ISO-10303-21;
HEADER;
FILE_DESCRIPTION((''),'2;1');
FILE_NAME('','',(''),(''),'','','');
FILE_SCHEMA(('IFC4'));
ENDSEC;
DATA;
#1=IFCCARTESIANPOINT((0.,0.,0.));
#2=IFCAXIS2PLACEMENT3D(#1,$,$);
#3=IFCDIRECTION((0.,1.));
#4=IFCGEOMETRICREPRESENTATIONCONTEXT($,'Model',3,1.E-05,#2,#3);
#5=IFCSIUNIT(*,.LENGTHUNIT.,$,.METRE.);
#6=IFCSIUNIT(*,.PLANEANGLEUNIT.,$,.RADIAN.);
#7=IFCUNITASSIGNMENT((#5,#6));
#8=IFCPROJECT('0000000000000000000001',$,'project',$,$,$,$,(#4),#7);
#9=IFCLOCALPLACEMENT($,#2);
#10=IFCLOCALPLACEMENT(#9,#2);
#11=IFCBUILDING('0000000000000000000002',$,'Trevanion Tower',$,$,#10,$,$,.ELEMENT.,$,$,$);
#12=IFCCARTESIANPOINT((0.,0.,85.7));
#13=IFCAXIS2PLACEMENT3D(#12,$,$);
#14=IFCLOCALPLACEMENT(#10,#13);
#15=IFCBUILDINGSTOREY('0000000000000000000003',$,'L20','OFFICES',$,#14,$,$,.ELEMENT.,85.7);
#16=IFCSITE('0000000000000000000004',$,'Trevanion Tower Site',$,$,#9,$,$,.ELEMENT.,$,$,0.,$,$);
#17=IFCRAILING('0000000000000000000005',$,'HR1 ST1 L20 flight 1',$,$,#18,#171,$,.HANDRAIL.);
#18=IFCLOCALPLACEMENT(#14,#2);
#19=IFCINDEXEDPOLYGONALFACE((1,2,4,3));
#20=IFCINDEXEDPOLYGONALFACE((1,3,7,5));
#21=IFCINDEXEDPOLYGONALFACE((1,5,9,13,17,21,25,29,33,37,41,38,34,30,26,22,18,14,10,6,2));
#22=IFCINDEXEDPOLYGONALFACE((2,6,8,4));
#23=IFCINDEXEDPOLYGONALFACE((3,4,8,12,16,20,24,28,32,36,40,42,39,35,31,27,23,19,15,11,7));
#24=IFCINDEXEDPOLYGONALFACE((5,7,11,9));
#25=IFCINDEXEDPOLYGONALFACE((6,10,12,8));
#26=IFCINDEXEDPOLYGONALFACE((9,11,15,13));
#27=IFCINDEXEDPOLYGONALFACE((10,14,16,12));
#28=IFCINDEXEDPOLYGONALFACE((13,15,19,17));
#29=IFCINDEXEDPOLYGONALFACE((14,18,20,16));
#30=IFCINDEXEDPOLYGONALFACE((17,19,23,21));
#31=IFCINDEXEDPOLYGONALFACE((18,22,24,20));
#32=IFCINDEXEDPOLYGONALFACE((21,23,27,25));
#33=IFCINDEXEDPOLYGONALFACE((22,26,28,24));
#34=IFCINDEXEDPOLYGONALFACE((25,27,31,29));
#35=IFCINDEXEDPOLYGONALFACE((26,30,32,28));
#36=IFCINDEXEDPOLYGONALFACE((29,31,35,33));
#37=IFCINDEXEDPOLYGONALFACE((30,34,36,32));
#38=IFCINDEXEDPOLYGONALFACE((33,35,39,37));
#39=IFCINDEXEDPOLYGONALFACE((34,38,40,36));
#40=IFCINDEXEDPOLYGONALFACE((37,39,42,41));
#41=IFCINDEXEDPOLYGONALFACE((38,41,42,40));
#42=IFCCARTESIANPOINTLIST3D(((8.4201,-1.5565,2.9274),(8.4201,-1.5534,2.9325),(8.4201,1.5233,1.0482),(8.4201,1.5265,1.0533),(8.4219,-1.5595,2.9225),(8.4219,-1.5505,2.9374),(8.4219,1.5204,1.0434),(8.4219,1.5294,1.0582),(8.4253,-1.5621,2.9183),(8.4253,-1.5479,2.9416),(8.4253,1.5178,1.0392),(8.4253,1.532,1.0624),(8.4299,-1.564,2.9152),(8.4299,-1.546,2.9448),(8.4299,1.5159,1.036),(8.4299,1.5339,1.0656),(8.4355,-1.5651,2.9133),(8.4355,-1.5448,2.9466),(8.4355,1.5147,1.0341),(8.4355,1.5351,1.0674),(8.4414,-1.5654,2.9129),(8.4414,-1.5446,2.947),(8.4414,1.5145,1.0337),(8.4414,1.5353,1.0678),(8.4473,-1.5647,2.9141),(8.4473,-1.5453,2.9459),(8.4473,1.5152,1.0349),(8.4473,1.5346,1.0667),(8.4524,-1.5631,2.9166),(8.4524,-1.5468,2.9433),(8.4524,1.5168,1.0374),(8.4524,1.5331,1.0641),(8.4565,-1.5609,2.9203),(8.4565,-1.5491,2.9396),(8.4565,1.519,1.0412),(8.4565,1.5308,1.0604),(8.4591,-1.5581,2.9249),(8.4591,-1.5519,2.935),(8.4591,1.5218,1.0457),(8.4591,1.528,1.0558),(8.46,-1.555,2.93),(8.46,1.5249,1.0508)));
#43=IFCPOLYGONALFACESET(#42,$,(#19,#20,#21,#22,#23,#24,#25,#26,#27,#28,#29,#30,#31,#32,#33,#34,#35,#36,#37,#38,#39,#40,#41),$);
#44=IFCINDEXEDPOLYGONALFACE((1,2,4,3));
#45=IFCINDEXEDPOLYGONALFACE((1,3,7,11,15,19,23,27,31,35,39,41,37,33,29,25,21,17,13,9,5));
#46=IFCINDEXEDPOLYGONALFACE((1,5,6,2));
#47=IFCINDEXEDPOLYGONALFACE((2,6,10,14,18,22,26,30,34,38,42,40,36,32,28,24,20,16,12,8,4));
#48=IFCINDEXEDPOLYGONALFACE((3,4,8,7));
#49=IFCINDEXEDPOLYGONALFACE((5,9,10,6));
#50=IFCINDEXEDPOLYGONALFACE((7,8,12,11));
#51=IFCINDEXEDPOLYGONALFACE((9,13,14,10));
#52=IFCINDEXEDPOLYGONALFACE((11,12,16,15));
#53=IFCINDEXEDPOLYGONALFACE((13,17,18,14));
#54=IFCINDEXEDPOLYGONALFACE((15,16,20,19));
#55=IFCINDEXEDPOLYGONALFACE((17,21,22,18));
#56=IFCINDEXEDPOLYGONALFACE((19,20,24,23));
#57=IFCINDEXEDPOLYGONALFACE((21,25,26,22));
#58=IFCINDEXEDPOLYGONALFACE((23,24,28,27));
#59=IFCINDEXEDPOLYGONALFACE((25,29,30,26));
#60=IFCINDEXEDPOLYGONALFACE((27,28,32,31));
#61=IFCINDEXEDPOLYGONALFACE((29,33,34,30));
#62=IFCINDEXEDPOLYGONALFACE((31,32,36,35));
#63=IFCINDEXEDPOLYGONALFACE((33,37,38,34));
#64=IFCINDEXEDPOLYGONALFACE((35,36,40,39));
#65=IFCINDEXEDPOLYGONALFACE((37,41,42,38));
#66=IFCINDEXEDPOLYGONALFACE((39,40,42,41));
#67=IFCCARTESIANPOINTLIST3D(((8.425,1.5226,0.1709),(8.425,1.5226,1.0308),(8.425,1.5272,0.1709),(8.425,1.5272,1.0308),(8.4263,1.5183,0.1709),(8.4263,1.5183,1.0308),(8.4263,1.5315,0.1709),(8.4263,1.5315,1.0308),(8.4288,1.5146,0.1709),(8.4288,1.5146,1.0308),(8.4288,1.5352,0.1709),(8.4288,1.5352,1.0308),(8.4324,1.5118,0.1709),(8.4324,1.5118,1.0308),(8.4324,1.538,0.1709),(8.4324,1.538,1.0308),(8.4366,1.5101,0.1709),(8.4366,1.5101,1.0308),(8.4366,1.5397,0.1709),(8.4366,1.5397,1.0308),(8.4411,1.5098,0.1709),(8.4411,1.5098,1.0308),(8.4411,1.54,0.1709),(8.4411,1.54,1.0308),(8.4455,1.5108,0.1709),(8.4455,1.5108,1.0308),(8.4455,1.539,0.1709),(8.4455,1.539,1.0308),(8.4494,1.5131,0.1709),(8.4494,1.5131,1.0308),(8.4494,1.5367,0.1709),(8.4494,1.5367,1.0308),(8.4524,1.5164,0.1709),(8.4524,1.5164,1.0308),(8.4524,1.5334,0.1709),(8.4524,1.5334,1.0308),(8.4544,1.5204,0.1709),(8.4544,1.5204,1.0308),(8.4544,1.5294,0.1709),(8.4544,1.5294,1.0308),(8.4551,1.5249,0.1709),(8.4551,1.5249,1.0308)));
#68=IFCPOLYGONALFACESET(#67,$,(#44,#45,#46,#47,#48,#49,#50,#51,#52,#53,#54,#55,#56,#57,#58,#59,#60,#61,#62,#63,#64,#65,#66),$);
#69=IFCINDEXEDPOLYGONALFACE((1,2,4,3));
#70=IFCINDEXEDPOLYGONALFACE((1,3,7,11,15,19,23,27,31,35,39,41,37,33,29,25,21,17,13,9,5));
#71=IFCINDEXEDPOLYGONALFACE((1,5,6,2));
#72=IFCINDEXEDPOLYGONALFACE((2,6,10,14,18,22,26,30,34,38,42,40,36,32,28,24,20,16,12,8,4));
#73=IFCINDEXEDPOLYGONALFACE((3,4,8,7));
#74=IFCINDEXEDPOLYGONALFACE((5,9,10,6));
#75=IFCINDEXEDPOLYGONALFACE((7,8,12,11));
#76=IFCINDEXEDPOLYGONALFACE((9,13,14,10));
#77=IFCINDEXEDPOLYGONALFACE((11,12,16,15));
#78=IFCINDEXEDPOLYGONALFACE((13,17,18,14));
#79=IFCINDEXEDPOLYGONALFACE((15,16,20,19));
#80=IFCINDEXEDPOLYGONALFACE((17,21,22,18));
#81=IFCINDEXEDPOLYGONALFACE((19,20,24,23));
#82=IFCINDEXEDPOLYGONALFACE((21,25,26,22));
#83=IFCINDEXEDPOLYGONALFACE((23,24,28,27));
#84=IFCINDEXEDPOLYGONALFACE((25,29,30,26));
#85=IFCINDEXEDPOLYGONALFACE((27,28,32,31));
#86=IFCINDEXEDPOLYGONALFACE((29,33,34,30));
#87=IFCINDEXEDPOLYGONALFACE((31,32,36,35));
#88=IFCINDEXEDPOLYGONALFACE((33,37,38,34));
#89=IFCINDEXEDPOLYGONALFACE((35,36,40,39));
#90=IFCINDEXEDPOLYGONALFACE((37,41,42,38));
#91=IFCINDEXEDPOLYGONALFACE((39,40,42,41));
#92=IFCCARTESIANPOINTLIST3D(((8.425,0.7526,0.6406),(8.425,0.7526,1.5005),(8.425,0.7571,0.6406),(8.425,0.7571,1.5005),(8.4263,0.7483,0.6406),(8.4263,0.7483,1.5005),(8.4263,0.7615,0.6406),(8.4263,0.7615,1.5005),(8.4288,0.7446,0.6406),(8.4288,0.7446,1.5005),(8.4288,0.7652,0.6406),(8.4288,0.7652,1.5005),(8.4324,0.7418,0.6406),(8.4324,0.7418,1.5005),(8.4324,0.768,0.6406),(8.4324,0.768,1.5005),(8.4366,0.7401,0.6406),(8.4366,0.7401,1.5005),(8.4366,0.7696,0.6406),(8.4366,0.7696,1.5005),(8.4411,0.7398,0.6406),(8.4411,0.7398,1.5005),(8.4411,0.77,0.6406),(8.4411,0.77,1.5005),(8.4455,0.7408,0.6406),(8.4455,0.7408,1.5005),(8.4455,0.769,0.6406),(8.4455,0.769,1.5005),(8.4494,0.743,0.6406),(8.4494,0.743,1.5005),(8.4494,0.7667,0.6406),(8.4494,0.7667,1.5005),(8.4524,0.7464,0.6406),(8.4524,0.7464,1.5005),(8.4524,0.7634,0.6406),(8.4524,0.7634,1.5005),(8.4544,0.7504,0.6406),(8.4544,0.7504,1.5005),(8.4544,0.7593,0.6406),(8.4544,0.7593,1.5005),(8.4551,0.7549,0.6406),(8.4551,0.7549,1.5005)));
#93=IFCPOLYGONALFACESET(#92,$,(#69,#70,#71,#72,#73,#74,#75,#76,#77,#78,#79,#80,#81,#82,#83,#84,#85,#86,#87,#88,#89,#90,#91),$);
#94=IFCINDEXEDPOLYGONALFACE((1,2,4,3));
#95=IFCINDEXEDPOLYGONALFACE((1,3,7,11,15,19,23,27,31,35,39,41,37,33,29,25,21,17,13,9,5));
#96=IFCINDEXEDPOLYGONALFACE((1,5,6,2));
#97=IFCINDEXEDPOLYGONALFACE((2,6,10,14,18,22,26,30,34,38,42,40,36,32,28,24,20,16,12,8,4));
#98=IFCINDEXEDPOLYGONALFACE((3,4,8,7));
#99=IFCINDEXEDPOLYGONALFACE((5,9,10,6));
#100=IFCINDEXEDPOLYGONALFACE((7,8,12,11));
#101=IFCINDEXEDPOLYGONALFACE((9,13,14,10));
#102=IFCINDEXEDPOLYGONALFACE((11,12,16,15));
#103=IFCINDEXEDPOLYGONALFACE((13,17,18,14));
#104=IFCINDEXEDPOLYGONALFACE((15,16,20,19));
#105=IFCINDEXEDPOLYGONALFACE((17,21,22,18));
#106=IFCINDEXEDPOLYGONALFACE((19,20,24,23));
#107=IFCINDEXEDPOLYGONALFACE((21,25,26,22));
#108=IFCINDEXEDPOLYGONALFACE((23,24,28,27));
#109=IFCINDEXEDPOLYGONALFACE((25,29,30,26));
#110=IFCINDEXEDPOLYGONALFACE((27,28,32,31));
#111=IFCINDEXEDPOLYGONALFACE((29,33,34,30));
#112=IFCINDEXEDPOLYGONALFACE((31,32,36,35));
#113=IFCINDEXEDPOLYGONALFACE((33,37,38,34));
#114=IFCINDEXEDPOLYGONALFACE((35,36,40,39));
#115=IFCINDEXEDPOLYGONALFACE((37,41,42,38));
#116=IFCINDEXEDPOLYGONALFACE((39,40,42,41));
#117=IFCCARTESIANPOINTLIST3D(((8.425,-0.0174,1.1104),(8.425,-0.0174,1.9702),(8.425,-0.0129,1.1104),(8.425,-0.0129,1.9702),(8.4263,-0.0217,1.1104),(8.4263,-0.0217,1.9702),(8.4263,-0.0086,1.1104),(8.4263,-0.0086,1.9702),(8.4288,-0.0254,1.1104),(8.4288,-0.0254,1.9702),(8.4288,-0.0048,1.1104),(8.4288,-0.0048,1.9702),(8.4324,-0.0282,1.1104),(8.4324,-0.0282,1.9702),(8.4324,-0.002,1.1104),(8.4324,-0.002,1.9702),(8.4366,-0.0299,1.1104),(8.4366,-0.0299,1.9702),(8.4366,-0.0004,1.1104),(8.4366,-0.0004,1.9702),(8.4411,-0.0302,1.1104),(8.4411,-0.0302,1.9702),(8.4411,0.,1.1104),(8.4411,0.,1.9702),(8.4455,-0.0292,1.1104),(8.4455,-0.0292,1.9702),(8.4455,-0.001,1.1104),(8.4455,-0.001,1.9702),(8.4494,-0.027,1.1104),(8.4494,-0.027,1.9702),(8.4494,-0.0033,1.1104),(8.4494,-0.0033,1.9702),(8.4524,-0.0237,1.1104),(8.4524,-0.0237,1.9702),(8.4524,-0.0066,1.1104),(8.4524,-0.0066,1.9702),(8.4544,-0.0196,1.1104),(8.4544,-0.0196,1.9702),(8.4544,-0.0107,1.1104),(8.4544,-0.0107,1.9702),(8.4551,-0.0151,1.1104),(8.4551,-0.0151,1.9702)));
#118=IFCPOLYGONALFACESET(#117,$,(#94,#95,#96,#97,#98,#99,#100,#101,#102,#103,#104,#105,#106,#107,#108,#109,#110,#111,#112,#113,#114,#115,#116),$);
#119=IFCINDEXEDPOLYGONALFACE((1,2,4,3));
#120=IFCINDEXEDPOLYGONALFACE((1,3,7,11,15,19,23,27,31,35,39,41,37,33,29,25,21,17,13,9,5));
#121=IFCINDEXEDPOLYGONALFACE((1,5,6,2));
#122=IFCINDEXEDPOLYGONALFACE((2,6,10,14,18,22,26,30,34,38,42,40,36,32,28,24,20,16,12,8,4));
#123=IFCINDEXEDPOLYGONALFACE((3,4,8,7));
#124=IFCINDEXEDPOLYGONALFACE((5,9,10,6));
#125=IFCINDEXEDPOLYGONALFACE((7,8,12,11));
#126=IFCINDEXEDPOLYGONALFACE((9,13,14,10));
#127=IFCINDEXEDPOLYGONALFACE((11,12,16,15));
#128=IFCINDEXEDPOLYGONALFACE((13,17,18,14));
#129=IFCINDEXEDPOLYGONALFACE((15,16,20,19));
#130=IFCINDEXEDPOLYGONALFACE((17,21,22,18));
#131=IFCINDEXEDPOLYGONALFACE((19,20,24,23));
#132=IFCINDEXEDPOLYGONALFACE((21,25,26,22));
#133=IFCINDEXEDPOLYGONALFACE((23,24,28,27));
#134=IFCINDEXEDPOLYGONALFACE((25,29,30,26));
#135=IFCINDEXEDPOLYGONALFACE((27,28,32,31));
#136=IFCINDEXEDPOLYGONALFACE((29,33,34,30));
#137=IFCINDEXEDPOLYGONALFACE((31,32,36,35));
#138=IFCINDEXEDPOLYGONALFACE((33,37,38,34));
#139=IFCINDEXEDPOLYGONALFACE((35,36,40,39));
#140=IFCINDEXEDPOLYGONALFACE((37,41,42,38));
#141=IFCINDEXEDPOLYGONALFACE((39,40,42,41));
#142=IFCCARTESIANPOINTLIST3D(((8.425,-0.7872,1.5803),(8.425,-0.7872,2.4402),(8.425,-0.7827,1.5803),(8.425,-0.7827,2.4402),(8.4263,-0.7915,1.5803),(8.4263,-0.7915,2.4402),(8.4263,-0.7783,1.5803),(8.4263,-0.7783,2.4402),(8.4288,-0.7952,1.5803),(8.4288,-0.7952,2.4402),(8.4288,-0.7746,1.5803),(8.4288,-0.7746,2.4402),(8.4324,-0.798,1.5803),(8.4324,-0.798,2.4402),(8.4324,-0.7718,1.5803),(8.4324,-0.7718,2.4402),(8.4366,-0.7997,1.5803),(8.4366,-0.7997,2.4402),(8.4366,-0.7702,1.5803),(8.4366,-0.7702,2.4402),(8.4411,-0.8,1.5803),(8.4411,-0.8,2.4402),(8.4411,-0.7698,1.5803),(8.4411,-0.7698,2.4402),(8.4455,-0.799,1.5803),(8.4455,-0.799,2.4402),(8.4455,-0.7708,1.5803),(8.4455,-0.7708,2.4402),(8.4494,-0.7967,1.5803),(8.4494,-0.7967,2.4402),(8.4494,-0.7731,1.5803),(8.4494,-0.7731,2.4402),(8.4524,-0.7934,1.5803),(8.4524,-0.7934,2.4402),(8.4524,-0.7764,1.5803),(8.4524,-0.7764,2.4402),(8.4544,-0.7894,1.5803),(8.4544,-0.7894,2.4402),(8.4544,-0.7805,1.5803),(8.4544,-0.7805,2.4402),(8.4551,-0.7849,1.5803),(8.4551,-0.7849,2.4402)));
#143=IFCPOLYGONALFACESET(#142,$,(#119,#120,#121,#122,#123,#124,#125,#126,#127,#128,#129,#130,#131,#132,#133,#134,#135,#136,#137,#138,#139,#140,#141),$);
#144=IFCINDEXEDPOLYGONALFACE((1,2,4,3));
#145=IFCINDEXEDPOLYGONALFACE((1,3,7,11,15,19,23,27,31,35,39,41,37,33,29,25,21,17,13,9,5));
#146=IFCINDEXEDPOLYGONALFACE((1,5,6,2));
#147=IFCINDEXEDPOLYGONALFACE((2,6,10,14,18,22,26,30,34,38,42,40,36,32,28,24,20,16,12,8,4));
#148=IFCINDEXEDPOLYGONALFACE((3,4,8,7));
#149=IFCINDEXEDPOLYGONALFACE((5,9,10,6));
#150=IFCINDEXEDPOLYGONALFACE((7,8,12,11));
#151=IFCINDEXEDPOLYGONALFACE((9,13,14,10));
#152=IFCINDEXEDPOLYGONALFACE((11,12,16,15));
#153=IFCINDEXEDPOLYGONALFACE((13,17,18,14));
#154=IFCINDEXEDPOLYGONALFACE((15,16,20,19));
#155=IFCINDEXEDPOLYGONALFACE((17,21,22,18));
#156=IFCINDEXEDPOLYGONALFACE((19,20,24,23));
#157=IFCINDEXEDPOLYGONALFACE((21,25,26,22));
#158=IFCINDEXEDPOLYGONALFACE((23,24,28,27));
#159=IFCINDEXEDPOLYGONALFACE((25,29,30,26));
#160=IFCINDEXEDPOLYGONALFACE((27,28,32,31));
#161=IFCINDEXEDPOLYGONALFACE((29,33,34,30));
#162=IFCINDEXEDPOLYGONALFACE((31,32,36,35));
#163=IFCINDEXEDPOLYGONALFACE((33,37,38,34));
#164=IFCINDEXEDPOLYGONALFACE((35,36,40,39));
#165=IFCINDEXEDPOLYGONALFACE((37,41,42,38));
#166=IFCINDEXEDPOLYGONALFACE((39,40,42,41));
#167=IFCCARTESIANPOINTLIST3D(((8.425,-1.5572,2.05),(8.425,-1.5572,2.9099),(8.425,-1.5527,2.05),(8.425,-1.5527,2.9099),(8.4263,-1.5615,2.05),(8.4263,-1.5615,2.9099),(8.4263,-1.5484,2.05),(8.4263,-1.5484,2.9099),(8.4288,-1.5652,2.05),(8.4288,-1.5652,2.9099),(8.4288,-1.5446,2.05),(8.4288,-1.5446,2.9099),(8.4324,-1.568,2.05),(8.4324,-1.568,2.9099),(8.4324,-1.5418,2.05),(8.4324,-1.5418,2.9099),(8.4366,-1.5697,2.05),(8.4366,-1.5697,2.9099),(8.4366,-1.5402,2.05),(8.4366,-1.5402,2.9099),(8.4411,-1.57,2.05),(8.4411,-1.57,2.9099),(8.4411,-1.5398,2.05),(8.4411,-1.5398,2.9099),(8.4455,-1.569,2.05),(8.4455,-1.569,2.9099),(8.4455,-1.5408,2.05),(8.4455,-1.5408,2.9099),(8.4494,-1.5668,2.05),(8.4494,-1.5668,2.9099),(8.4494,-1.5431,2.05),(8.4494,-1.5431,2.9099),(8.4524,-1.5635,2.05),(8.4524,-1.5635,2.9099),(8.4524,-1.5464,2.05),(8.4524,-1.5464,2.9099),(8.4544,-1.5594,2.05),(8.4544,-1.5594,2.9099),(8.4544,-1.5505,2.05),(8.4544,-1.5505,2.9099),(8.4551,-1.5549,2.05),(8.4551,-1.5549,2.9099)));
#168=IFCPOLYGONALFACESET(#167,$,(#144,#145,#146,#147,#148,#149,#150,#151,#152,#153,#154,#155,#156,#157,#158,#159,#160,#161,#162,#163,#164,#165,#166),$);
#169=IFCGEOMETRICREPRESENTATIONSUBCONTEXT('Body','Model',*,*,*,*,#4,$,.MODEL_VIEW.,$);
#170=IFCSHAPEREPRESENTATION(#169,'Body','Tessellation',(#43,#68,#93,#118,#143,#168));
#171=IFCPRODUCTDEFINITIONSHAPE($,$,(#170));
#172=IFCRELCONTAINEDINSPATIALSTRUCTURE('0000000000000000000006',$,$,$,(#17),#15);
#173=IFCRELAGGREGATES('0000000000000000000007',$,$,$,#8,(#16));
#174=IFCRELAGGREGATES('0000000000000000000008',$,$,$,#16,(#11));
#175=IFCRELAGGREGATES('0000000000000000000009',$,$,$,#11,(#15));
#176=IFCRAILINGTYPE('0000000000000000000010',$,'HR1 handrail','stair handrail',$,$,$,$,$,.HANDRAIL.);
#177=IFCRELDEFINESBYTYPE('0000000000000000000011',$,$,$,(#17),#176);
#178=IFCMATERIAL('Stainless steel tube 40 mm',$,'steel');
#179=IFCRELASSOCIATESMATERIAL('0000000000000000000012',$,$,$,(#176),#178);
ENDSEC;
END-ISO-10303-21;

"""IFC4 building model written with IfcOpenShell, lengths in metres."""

from ifc_helpers import new_model, si_unit, direction, frame, origin, origin_2d, place, context, subcontext, project, spatial, circle, extrude, material, type_object, element, save


model = new_model("IFC4")

# Units and contexts
model_context = context("Model", 3, precision=1e-05, world=origin(), true_north=direction((0.0, 1.0)))
body_context = subcontext(model_context, "Body", "Model", "MODEL_VIEW")
ifc_project = project(units=[si_unit("LENGTHUNIT", "METRE"), si_unit("PLANEANGLEUNIT", "RADIAN")], contexts=[model_context])

# Site, building, storey
site_placement = place(None, origin())
site = spatial("IfcSite", under=ifc_project, at=site_placement, Name="Trevanion Tower Site", CompositionType="ELEMENT", RefElevation=0.0)
building_placement = place(site_placement, origin())
building = spatial("IfcBuilding", under=site, at=building_placement, Name="Trevanion Tower", CompositionType="ELEMENT")
storey_placement = place(building_placement, frame((0.0, 0.0, 85.7)))
storey = spatial("IfcBuildingStorey", under=building, at=storey_placement, Name="L20", Description="OFFICES", CompositionType="ELEMENT", Elevation=85.7)

# Railing
ifc_material_1 = material(Name="Stainless steel tube 40 mm", Category="steel")
railing_type = type_object("IfcRailingType", Name="HR1 handrail", Description="stair handrail", PredefinedType="HANDRAIL", material=ifc_material_1)
for number, where, name in (
    (1, (8.4399, 1.5249, 0.1709), "HR1 ST1 L20 flight 1"),
):
    element("IfcRailing", number, at=place(storey_placement, frame(where)), inside=storey, type_object=railing_type, Name=name, PredefinedType="HANDRAIL", context=body_context, shape_type="SweptSolid", body=[
        extrude(circle(Radius=0.02, at=origin_2d()), frame((0.0, 0.0, 0.8799), z_axis=(0.0, -0.853648, 0.52085), x_axis=(1.0, 0.0, 0.0)), (0.0, 0.0, 1.0), 3.6079),
        extrude(circle(Radius=0.0151, at=origin_2d()), origin(), (0.0, 0.0, 1.0), 0.8599),
        extrude(circle(Radius=0.0151, at=origin_2d()), frame((0.0, -0.77, 0.4697)), (0.0, 0.0, 1.0), 0.8599),
        extrude(circle(Radius=0.0151, at=origin_2d()), frame((0.0, -1.54, 0.9395)), (0.0, 0.0, 1.0), 0.8599),
        extrude(circle(Radius=0.0151, at=origin_2d()), frame((0.0, -2.3098, 1.4094)), (0.0, 0.0, 1.0), 0.8599),
        extrude(circle(Radius=0.0151, at=origin_2d()), frame((0.0, -3.0798, 1.8792)), (0.0, 0.0, 1.0), 0.8599),
    ])

save(model, "model.ifc")
